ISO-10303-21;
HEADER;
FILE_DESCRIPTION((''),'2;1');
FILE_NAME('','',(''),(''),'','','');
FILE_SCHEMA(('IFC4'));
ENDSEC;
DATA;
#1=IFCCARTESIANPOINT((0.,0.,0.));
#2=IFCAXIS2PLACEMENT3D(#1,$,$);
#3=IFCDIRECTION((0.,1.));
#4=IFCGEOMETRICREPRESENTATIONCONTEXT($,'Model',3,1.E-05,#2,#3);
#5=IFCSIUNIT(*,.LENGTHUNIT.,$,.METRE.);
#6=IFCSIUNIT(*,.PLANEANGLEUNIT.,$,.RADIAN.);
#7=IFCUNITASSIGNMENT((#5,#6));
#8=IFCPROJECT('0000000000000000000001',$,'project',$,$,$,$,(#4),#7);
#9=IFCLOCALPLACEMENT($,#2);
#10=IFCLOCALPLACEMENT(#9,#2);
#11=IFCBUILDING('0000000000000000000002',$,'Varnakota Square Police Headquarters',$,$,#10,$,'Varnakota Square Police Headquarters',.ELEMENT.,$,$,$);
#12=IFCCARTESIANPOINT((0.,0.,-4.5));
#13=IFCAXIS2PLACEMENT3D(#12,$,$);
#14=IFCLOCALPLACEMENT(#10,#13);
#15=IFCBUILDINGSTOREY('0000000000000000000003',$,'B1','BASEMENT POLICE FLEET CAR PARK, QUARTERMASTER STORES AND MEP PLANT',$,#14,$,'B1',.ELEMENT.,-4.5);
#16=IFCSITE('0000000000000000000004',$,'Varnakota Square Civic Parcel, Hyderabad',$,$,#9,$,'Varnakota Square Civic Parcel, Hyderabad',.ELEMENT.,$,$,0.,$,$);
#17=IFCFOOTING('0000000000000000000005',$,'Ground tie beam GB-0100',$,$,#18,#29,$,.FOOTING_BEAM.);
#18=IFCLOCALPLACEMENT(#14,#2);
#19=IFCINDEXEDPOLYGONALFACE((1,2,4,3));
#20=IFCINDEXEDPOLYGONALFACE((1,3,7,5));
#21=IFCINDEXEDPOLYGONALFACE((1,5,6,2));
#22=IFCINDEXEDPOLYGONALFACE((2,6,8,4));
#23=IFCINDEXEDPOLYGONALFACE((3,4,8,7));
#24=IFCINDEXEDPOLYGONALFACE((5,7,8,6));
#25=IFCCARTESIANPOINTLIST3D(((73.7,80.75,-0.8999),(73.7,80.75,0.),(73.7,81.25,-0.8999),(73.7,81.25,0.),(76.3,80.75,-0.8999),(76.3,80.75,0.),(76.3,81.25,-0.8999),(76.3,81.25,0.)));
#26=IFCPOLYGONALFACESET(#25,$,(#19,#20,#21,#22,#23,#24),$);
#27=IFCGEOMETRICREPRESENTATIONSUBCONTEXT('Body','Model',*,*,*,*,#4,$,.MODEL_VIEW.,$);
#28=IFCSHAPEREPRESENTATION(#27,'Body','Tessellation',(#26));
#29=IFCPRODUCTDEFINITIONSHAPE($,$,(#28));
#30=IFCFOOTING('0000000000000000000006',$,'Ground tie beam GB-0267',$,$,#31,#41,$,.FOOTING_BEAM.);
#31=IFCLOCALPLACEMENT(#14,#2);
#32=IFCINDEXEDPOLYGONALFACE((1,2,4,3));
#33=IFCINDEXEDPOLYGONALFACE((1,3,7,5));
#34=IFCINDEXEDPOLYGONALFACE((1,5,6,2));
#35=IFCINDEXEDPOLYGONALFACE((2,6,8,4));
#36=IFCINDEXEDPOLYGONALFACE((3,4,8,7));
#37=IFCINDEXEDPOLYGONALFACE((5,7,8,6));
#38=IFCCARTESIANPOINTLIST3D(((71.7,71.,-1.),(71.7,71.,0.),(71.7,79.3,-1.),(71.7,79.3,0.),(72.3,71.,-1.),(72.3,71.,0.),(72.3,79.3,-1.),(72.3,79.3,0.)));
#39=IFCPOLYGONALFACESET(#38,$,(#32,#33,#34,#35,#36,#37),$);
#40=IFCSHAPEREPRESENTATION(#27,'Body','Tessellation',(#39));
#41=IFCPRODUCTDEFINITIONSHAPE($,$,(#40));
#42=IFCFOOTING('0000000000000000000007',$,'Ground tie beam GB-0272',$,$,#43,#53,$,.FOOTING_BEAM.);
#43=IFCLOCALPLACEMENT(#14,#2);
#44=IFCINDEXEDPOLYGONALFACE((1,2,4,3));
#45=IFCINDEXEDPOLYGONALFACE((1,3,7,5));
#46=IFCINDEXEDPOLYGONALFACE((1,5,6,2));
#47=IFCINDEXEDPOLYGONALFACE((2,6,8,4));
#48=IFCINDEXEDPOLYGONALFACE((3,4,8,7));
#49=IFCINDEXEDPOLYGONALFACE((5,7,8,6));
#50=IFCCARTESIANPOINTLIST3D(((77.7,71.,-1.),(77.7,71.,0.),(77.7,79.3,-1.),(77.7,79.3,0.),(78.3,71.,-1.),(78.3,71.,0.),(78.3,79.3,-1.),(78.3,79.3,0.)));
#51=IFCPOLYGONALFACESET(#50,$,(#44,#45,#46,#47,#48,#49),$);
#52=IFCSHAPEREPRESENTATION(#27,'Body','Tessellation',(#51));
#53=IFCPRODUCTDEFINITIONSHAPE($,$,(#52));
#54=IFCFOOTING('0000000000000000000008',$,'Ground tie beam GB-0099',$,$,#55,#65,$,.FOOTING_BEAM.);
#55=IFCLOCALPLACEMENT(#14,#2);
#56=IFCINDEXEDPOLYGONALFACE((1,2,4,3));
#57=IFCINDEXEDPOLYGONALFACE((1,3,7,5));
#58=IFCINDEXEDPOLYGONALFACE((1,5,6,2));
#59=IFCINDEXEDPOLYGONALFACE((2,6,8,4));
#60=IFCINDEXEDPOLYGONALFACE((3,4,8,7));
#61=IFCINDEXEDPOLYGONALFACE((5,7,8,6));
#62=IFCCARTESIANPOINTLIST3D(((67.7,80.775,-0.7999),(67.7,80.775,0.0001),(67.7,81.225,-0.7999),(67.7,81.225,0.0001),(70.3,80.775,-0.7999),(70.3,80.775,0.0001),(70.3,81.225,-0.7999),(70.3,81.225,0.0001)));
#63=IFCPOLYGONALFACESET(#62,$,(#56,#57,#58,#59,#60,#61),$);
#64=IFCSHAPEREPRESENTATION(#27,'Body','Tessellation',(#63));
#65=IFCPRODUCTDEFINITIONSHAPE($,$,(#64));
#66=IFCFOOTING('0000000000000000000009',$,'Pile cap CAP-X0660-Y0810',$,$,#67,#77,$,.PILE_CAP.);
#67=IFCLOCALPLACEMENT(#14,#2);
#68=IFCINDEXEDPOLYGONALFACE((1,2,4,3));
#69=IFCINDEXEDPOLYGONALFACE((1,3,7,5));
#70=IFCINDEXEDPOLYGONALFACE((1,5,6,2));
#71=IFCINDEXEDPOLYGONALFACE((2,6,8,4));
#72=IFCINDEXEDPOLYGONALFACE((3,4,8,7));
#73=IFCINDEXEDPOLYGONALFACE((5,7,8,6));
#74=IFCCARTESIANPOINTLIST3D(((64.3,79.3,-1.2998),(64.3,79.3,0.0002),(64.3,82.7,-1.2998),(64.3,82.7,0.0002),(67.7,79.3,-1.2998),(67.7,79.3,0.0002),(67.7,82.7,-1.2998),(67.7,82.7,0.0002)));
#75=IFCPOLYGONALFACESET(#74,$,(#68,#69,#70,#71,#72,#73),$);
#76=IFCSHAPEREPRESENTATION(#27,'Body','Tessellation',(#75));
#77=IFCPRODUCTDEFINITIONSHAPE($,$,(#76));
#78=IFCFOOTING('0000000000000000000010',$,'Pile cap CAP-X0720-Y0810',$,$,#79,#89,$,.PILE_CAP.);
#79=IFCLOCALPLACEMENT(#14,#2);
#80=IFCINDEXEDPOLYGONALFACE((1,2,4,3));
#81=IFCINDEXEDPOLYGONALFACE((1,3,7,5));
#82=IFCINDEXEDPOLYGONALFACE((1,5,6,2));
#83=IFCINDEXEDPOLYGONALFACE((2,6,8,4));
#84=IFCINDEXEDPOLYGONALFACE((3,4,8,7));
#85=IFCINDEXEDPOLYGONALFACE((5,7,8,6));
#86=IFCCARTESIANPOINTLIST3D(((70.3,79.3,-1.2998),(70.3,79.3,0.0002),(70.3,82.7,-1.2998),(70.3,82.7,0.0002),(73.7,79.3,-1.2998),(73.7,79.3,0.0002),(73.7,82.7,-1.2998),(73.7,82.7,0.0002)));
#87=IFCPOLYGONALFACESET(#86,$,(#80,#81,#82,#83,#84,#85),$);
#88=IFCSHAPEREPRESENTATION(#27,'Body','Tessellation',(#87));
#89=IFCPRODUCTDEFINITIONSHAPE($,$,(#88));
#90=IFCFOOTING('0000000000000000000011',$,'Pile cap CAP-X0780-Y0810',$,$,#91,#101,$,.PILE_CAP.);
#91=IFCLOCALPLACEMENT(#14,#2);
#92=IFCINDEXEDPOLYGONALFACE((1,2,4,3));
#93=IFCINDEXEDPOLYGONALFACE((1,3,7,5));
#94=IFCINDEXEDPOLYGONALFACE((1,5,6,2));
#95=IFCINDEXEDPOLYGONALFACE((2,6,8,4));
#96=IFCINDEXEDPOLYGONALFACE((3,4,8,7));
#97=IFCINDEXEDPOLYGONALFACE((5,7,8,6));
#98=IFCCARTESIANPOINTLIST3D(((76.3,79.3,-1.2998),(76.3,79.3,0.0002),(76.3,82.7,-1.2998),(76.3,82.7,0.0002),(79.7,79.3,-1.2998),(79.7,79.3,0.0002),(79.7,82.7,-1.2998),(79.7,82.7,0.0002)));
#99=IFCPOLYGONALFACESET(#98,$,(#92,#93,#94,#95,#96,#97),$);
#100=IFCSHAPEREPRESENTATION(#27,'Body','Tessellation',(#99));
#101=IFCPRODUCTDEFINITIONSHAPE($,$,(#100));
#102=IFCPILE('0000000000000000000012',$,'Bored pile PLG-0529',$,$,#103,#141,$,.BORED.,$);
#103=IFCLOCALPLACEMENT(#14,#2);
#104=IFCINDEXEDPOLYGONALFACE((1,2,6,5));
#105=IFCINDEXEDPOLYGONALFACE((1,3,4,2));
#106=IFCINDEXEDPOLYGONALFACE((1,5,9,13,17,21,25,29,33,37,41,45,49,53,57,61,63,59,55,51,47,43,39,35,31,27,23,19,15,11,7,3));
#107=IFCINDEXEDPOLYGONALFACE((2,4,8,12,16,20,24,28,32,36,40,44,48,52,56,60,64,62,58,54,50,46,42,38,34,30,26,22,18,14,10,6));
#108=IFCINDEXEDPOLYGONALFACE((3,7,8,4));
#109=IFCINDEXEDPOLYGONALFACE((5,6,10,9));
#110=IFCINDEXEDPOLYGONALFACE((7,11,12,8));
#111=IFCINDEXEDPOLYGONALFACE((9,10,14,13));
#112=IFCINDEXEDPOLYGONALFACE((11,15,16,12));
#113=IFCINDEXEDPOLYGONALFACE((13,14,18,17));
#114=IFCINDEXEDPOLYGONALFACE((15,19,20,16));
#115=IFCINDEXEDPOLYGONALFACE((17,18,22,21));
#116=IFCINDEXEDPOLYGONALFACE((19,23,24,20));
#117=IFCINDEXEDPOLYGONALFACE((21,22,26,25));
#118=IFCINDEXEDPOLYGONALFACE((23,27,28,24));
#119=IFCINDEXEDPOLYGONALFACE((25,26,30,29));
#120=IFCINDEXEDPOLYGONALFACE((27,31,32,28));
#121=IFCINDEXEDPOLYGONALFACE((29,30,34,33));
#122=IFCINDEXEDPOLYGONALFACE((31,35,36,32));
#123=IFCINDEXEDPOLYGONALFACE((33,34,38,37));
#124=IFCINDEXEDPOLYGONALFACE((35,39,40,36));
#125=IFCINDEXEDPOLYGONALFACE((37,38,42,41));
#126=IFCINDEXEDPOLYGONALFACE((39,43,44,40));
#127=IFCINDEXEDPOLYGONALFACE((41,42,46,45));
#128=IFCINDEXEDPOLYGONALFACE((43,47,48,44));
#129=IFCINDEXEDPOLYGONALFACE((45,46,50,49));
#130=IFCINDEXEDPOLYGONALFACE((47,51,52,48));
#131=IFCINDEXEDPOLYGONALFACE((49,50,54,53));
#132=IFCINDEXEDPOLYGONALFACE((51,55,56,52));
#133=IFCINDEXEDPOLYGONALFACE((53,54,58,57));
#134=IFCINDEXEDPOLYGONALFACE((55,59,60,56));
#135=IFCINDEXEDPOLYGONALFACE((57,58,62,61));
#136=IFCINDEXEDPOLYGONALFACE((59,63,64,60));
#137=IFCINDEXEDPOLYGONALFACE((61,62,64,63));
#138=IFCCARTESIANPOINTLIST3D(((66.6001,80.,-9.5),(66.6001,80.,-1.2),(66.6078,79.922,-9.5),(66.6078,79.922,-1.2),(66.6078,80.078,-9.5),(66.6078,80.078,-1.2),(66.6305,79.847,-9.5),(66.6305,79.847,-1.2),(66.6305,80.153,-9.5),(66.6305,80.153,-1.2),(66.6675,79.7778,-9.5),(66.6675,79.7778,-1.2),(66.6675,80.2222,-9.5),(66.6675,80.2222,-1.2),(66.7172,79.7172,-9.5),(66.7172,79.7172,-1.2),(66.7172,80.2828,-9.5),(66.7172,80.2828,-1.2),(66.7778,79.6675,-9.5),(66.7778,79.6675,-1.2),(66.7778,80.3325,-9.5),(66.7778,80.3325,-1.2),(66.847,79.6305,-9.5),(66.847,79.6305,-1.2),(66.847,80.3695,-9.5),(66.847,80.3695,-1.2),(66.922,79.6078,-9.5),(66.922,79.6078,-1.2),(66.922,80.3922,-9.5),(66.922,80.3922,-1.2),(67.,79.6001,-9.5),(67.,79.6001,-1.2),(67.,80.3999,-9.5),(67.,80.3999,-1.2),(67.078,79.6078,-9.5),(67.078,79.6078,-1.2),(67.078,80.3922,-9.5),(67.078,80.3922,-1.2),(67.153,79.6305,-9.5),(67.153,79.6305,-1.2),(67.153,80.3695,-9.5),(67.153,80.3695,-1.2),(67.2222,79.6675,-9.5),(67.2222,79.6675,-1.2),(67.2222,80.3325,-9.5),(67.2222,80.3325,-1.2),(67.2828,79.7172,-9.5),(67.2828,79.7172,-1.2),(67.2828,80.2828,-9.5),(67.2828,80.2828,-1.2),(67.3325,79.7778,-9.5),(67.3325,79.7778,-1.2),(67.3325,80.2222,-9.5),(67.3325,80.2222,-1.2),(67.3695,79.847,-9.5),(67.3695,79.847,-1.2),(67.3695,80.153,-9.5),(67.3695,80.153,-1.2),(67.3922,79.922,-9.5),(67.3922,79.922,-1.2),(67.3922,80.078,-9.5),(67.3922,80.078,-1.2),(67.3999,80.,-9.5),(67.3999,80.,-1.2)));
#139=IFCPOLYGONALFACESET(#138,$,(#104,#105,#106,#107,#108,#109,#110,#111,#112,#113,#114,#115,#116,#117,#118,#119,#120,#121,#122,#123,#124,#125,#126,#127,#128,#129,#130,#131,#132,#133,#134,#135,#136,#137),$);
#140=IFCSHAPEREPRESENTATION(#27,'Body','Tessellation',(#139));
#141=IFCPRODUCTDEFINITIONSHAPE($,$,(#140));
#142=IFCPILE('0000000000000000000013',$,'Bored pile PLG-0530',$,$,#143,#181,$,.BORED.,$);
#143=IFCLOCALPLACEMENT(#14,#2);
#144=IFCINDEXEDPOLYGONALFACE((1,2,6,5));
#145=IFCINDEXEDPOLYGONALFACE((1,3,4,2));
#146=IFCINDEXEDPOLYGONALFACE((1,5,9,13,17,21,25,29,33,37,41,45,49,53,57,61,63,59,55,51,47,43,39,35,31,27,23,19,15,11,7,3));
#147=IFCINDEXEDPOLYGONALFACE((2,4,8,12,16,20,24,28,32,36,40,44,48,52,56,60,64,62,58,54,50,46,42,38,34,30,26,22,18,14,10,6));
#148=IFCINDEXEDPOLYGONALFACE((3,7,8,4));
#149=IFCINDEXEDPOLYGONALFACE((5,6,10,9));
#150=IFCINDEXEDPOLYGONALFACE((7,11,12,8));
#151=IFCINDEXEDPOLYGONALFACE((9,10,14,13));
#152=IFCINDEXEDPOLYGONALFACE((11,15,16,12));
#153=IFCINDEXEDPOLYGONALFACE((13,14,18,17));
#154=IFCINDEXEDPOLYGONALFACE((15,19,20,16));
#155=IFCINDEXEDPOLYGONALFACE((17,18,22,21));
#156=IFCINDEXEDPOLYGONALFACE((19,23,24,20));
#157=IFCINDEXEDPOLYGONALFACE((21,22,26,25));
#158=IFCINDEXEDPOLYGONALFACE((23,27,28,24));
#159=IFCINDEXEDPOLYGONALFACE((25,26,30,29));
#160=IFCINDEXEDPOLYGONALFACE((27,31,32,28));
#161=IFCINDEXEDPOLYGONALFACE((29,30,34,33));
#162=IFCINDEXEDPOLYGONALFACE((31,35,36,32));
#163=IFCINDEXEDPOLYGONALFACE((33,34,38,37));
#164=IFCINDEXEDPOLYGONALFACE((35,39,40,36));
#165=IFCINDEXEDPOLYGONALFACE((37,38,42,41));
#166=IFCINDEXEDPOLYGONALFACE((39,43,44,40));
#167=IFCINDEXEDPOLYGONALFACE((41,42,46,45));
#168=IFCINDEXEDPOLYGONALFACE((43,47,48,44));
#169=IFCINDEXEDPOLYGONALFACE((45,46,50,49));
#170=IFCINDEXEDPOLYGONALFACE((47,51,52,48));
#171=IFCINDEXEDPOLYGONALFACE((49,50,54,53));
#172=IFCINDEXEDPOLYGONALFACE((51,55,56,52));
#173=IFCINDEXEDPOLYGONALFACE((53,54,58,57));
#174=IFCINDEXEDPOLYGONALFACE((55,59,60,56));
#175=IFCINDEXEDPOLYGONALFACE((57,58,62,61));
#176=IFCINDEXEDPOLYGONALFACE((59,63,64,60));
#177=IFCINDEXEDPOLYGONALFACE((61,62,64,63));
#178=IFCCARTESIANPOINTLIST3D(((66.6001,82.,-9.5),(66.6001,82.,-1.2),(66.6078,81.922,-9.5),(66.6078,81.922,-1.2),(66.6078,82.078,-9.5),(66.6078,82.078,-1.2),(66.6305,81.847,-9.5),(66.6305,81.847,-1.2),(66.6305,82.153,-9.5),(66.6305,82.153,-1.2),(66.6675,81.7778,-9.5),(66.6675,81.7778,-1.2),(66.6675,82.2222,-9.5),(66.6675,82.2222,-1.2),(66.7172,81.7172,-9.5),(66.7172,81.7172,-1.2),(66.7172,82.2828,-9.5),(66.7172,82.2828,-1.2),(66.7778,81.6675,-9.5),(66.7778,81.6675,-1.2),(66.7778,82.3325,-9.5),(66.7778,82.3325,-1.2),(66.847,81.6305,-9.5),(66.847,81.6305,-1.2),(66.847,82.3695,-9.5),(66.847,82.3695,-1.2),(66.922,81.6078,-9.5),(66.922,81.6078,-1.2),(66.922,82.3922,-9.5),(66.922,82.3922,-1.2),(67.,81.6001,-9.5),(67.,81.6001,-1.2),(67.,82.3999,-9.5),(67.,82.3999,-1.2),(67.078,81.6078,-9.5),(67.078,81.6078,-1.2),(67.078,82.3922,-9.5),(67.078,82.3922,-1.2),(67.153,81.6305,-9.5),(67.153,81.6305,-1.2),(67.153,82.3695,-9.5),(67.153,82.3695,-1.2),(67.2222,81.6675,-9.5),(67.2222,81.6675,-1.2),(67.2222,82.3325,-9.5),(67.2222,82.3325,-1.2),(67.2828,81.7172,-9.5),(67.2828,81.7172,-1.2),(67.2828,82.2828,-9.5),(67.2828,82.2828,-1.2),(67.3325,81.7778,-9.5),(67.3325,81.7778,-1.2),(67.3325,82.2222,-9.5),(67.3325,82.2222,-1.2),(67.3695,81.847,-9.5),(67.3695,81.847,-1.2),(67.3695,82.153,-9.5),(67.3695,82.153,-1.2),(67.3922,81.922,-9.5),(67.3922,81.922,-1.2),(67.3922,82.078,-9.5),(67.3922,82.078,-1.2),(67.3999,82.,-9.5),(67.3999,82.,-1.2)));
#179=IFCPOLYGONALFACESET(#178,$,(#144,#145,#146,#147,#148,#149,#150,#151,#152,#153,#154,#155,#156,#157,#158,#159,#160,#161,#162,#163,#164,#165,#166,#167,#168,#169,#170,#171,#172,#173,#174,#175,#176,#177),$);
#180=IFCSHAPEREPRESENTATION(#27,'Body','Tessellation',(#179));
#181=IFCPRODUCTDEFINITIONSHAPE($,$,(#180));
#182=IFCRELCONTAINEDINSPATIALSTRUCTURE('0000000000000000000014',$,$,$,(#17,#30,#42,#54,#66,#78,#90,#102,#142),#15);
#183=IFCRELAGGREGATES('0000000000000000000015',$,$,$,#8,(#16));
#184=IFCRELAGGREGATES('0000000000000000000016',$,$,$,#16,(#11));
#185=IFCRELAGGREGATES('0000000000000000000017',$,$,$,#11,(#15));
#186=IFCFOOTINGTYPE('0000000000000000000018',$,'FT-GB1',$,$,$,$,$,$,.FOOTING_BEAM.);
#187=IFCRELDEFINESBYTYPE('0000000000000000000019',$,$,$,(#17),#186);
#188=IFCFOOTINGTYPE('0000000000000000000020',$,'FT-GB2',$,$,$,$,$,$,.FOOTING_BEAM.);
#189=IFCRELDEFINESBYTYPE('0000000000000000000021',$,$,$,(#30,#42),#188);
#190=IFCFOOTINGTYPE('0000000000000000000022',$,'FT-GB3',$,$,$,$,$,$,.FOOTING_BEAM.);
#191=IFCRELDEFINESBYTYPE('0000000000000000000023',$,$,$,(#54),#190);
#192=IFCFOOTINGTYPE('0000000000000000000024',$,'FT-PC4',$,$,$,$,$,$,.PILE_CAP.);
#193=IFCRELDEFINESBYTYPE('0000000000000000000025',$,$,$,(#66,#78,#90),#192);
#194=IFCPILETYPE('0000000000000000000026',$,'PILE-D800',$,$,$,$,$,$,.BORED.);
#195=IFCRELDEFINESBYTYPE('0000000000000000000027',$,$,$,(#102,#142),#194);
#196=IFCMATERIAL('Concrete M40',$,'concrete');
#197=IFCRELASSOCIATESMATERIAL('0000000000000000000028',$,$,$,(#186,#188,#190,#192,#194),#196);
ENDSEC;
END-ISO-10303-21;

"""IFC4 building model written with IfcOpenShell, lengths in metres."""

from ifc_helpers import new_model, si_unit, direction, frame, origin, origin_2d, place, context, subcontext, project, spatial, rectangle, circle, extrude, material, material_profile, profile_set, type_object, element, save


model = new_model("IFC4")

# Units and contexts
model_context = context("Model", 3, precision=1e-05, world=origin(), true_north=direction((0.0, 1.0)))
body_context = subcontext(model_context, "Body", "Model", "MODEL_VIEW")
ifc_project = project(units=[si_unit("LENGTHUNIT", "METRE"), si_unit("PLANEANGLEUNIT", "RADIAN")], contexts=[model_context])

# Site, building, storey
site_placement = place(None, origin())
site = spatial("IfcSite", under=ifc_project, at=site_placement, Name="Varnakota Square Civic Parcel, Hyderabad", LongName="Varnakota Square Civic Parcel, Hyderabad", CompositionType="ELEMENT", RefElevation=0.0)
building_placement = place(site_placement, origin())
building = spatial("IfcBuilding", under=site, at=building_placement, Name="Varnakota Square Police Headquarters", LongName="Varnakota Square Police Headquarters", CompositionType="ELEMENT")
storey_placement = place(building_placement, frame((0.0, 0.0, -4.5)))
storey = spatial("IfcBuildingStorey", under=building, at=storey_placement, Name="B1", Description="BASEMENT POLICE FLEET CAR PARK, QUARTERMASTER STORES AND MEP PLANT", LongName="B1", CompositionType="ELEMENT", Elevation=-4.5)

# Footings
ifc_material_1 = material(Name="Concrete M40", Category="concrete")
ifc_material_profile_1 = material_profile(ifc_material_1, rectangle(XDim=0.5, YDim=0.8999, at=origin_2d()), Name="GB 500x900")
ifc_profile_set_1 = profile_set([ifc_material_profile_1], Name="Concrete M40")
footing_type_1 = type_object("IfcFootingType", Name="FT-GB1", PredefinedType="FOOTING_BEAM", material=ifc_profile_set_1)
footing_1_placement = place(storey_placement, frame((73.7, 81.0, -0.45), z_axis=(1.0, 0.0, 0.0), x_axis=(0.0, 1.0, 0.0)))
element("IfcFooting", 1, at=footing_1_placement, inside=storey, type_object=footing_type_1, Name="Ground tie beam GB-0100", PredefinedType="FOOTING_BEAM", context=body_context, shape_type="SweptSolid", body=[
    extrude(rectangle(XDim=0.5, YDim=0.8999, at=origin_2d()), origin(), (0.0, 0.0, 1.0), 2.6001),
])
ifc_material_profile_2 = material_profile(ifc_material_1, rectangle(XDim=0.6001, YDim=1.0, at=origin_2d()), Name="GB 600x1000")
ifc_profile_set_2 = profile_set([ifc_material_profile_2], Name="Concrete M40")
footing_type_2 = type_object("IfcFootingType", Name="FT-GB2", PredefinedType="FOOTING_BEAM", material=ifc_profile_set_2)
for number, where, z_axis, x_axis, name in (
    (2, (72.0, 71.0, -0.5), (0.0, 1.0, 0.0), (-1.0, 0.0, 0.0), "Ground tie beam GB-0267"),
    (3, (78.0, 71.0, -0.5), (0.0, 1.0, 0.0), (-1.0, 0.0, 0.0), "Ground tie beam GB-0272"),
):
    element("IfcFooting", number, at=place(storey_placement, frame(where, z_axis=z_axis, x_axis=x_axis)), inside=storey, type_object=footing_type_2, Name=name, PredefinedType="FOOTING_BEAM", context=body_context, shape_type="SweptSolid", body=[
        extrude(rectangle(XDim=0.6001, YDim=1.0, at=origin_2d()), origin(), (0.0, 0.0, 1.0), 8.3),
    ])
ifc_material_profile_3 = material_profile(ifc_material_1, rectangle(XDim=0.45, YDim=0.8, at=origin_2d()), Name="GB 450x800")
ifc_profile_set_3 = profile_set([ifc_material_profile_3], Name="Concrete M40")
footing_type_3 = type_object("IfcFootingType", Name="FT-GB3", PredefinedType="FOOTING_BEAM", material=ifc_profile_set_3)
footing_2_placement = place(storey_placement, frame((67.7, 81.0, -0.3999), z_axis=(1.0, 0.0, 0.0), x_axis=(0.0, 1.0, 0.0)))
element("IfcFooting", 4, at=footing_2_placement, inside=storey, type_object=footing_type_3, Name="Ground tie beam GB-0099", PredefinedType="FOOTING_BEAM", context=body_context, shape_type="SweptSolid", body=[
    extrude(rectangle(XDim=0.45, YDim=0.8, at=origin_2d()), origin(), (0.0, 0.0, 1.0), 2.6001),
])
footing_type_4 = type_object("IfcFootingType", Name="FT-PC4", PredefinedType="PILE_CAP", material=ifc_material_1)
for number, where, z_axis, x_axis, name in (
    (5, (66.0, 81.0, -1.2998), (0.0, 0.0, 1.0), (1.0, 0.0, 0.0), "Pile cap CAP-X0660-Y0810"),
    (6, (72.0, 81.0, -1.2998), (0.0, 0.0, 1.0), (1.0, 0.0, 0.0), "Pile cap CAP-X0720-Y0810"),
    (7, (78.0, 81.0, -1.2998), (0.0, 0.0, 1.0), (1.0, 0.0, 0.0), "Pile cap CAP-X0780-Y0810"),
):
    element("IfcFooting", number, at=place(storey_placement, frame(where, z_axis=z_axis, x_axis=x_axis)), inside=storey, type_object=footing_type_4, Name=name, PredefinedType="PILE_CAP", context=body_context, shape_type="SweptSolid", body=[
        extrude(rectangle(XDim=3.3999, YDim=3.3999, at=origin_2d()), origin(), (0.0, 0.0, 1.0), 1.3),
    ])

# Piles
ifc_material_profile_4 = material_profile(ifc_material_1, circle(Radius=0.3999, at=origin_2d()), Name="BORED PILE 800")
ifc_profile_set_4 = profile_set([ifc_material_profile_4], Name="Concrete M40")
pile_type = type_object("IfcPileType", Name="PILE-D800", PredefinedType="BORED", material=ifc_profile_set_4)
for number, where, z_axis, x_axis, name in (
    (8, (67.0, 80.0, -1.2), (0.0, 0.0, -1.0), (1.0, 0.0, 0.0), "Bored pile PLG-0529"),
    (9, (67.0, 82.0, -1.2), (0.0, 0.0, -1.0), (1.0, 0.0, 0.0), "Bored pile PLG-0530"),
):
    element("IfcPile", number, at=place(storey_placement, frame(where, z_axis=z_axis, x_axis=x_axis)), inside=storey, type_object=pile_type, Name=name, PredefinedType="BORED", context=body_context, shape_type="SweptSolid", body=[
        extrude(circle(Radius=0.3999, at=origin_2d()), origin(), (0.0, 0.0, 1.0), 8.3),
    ])

save(model, "model.ifc")
